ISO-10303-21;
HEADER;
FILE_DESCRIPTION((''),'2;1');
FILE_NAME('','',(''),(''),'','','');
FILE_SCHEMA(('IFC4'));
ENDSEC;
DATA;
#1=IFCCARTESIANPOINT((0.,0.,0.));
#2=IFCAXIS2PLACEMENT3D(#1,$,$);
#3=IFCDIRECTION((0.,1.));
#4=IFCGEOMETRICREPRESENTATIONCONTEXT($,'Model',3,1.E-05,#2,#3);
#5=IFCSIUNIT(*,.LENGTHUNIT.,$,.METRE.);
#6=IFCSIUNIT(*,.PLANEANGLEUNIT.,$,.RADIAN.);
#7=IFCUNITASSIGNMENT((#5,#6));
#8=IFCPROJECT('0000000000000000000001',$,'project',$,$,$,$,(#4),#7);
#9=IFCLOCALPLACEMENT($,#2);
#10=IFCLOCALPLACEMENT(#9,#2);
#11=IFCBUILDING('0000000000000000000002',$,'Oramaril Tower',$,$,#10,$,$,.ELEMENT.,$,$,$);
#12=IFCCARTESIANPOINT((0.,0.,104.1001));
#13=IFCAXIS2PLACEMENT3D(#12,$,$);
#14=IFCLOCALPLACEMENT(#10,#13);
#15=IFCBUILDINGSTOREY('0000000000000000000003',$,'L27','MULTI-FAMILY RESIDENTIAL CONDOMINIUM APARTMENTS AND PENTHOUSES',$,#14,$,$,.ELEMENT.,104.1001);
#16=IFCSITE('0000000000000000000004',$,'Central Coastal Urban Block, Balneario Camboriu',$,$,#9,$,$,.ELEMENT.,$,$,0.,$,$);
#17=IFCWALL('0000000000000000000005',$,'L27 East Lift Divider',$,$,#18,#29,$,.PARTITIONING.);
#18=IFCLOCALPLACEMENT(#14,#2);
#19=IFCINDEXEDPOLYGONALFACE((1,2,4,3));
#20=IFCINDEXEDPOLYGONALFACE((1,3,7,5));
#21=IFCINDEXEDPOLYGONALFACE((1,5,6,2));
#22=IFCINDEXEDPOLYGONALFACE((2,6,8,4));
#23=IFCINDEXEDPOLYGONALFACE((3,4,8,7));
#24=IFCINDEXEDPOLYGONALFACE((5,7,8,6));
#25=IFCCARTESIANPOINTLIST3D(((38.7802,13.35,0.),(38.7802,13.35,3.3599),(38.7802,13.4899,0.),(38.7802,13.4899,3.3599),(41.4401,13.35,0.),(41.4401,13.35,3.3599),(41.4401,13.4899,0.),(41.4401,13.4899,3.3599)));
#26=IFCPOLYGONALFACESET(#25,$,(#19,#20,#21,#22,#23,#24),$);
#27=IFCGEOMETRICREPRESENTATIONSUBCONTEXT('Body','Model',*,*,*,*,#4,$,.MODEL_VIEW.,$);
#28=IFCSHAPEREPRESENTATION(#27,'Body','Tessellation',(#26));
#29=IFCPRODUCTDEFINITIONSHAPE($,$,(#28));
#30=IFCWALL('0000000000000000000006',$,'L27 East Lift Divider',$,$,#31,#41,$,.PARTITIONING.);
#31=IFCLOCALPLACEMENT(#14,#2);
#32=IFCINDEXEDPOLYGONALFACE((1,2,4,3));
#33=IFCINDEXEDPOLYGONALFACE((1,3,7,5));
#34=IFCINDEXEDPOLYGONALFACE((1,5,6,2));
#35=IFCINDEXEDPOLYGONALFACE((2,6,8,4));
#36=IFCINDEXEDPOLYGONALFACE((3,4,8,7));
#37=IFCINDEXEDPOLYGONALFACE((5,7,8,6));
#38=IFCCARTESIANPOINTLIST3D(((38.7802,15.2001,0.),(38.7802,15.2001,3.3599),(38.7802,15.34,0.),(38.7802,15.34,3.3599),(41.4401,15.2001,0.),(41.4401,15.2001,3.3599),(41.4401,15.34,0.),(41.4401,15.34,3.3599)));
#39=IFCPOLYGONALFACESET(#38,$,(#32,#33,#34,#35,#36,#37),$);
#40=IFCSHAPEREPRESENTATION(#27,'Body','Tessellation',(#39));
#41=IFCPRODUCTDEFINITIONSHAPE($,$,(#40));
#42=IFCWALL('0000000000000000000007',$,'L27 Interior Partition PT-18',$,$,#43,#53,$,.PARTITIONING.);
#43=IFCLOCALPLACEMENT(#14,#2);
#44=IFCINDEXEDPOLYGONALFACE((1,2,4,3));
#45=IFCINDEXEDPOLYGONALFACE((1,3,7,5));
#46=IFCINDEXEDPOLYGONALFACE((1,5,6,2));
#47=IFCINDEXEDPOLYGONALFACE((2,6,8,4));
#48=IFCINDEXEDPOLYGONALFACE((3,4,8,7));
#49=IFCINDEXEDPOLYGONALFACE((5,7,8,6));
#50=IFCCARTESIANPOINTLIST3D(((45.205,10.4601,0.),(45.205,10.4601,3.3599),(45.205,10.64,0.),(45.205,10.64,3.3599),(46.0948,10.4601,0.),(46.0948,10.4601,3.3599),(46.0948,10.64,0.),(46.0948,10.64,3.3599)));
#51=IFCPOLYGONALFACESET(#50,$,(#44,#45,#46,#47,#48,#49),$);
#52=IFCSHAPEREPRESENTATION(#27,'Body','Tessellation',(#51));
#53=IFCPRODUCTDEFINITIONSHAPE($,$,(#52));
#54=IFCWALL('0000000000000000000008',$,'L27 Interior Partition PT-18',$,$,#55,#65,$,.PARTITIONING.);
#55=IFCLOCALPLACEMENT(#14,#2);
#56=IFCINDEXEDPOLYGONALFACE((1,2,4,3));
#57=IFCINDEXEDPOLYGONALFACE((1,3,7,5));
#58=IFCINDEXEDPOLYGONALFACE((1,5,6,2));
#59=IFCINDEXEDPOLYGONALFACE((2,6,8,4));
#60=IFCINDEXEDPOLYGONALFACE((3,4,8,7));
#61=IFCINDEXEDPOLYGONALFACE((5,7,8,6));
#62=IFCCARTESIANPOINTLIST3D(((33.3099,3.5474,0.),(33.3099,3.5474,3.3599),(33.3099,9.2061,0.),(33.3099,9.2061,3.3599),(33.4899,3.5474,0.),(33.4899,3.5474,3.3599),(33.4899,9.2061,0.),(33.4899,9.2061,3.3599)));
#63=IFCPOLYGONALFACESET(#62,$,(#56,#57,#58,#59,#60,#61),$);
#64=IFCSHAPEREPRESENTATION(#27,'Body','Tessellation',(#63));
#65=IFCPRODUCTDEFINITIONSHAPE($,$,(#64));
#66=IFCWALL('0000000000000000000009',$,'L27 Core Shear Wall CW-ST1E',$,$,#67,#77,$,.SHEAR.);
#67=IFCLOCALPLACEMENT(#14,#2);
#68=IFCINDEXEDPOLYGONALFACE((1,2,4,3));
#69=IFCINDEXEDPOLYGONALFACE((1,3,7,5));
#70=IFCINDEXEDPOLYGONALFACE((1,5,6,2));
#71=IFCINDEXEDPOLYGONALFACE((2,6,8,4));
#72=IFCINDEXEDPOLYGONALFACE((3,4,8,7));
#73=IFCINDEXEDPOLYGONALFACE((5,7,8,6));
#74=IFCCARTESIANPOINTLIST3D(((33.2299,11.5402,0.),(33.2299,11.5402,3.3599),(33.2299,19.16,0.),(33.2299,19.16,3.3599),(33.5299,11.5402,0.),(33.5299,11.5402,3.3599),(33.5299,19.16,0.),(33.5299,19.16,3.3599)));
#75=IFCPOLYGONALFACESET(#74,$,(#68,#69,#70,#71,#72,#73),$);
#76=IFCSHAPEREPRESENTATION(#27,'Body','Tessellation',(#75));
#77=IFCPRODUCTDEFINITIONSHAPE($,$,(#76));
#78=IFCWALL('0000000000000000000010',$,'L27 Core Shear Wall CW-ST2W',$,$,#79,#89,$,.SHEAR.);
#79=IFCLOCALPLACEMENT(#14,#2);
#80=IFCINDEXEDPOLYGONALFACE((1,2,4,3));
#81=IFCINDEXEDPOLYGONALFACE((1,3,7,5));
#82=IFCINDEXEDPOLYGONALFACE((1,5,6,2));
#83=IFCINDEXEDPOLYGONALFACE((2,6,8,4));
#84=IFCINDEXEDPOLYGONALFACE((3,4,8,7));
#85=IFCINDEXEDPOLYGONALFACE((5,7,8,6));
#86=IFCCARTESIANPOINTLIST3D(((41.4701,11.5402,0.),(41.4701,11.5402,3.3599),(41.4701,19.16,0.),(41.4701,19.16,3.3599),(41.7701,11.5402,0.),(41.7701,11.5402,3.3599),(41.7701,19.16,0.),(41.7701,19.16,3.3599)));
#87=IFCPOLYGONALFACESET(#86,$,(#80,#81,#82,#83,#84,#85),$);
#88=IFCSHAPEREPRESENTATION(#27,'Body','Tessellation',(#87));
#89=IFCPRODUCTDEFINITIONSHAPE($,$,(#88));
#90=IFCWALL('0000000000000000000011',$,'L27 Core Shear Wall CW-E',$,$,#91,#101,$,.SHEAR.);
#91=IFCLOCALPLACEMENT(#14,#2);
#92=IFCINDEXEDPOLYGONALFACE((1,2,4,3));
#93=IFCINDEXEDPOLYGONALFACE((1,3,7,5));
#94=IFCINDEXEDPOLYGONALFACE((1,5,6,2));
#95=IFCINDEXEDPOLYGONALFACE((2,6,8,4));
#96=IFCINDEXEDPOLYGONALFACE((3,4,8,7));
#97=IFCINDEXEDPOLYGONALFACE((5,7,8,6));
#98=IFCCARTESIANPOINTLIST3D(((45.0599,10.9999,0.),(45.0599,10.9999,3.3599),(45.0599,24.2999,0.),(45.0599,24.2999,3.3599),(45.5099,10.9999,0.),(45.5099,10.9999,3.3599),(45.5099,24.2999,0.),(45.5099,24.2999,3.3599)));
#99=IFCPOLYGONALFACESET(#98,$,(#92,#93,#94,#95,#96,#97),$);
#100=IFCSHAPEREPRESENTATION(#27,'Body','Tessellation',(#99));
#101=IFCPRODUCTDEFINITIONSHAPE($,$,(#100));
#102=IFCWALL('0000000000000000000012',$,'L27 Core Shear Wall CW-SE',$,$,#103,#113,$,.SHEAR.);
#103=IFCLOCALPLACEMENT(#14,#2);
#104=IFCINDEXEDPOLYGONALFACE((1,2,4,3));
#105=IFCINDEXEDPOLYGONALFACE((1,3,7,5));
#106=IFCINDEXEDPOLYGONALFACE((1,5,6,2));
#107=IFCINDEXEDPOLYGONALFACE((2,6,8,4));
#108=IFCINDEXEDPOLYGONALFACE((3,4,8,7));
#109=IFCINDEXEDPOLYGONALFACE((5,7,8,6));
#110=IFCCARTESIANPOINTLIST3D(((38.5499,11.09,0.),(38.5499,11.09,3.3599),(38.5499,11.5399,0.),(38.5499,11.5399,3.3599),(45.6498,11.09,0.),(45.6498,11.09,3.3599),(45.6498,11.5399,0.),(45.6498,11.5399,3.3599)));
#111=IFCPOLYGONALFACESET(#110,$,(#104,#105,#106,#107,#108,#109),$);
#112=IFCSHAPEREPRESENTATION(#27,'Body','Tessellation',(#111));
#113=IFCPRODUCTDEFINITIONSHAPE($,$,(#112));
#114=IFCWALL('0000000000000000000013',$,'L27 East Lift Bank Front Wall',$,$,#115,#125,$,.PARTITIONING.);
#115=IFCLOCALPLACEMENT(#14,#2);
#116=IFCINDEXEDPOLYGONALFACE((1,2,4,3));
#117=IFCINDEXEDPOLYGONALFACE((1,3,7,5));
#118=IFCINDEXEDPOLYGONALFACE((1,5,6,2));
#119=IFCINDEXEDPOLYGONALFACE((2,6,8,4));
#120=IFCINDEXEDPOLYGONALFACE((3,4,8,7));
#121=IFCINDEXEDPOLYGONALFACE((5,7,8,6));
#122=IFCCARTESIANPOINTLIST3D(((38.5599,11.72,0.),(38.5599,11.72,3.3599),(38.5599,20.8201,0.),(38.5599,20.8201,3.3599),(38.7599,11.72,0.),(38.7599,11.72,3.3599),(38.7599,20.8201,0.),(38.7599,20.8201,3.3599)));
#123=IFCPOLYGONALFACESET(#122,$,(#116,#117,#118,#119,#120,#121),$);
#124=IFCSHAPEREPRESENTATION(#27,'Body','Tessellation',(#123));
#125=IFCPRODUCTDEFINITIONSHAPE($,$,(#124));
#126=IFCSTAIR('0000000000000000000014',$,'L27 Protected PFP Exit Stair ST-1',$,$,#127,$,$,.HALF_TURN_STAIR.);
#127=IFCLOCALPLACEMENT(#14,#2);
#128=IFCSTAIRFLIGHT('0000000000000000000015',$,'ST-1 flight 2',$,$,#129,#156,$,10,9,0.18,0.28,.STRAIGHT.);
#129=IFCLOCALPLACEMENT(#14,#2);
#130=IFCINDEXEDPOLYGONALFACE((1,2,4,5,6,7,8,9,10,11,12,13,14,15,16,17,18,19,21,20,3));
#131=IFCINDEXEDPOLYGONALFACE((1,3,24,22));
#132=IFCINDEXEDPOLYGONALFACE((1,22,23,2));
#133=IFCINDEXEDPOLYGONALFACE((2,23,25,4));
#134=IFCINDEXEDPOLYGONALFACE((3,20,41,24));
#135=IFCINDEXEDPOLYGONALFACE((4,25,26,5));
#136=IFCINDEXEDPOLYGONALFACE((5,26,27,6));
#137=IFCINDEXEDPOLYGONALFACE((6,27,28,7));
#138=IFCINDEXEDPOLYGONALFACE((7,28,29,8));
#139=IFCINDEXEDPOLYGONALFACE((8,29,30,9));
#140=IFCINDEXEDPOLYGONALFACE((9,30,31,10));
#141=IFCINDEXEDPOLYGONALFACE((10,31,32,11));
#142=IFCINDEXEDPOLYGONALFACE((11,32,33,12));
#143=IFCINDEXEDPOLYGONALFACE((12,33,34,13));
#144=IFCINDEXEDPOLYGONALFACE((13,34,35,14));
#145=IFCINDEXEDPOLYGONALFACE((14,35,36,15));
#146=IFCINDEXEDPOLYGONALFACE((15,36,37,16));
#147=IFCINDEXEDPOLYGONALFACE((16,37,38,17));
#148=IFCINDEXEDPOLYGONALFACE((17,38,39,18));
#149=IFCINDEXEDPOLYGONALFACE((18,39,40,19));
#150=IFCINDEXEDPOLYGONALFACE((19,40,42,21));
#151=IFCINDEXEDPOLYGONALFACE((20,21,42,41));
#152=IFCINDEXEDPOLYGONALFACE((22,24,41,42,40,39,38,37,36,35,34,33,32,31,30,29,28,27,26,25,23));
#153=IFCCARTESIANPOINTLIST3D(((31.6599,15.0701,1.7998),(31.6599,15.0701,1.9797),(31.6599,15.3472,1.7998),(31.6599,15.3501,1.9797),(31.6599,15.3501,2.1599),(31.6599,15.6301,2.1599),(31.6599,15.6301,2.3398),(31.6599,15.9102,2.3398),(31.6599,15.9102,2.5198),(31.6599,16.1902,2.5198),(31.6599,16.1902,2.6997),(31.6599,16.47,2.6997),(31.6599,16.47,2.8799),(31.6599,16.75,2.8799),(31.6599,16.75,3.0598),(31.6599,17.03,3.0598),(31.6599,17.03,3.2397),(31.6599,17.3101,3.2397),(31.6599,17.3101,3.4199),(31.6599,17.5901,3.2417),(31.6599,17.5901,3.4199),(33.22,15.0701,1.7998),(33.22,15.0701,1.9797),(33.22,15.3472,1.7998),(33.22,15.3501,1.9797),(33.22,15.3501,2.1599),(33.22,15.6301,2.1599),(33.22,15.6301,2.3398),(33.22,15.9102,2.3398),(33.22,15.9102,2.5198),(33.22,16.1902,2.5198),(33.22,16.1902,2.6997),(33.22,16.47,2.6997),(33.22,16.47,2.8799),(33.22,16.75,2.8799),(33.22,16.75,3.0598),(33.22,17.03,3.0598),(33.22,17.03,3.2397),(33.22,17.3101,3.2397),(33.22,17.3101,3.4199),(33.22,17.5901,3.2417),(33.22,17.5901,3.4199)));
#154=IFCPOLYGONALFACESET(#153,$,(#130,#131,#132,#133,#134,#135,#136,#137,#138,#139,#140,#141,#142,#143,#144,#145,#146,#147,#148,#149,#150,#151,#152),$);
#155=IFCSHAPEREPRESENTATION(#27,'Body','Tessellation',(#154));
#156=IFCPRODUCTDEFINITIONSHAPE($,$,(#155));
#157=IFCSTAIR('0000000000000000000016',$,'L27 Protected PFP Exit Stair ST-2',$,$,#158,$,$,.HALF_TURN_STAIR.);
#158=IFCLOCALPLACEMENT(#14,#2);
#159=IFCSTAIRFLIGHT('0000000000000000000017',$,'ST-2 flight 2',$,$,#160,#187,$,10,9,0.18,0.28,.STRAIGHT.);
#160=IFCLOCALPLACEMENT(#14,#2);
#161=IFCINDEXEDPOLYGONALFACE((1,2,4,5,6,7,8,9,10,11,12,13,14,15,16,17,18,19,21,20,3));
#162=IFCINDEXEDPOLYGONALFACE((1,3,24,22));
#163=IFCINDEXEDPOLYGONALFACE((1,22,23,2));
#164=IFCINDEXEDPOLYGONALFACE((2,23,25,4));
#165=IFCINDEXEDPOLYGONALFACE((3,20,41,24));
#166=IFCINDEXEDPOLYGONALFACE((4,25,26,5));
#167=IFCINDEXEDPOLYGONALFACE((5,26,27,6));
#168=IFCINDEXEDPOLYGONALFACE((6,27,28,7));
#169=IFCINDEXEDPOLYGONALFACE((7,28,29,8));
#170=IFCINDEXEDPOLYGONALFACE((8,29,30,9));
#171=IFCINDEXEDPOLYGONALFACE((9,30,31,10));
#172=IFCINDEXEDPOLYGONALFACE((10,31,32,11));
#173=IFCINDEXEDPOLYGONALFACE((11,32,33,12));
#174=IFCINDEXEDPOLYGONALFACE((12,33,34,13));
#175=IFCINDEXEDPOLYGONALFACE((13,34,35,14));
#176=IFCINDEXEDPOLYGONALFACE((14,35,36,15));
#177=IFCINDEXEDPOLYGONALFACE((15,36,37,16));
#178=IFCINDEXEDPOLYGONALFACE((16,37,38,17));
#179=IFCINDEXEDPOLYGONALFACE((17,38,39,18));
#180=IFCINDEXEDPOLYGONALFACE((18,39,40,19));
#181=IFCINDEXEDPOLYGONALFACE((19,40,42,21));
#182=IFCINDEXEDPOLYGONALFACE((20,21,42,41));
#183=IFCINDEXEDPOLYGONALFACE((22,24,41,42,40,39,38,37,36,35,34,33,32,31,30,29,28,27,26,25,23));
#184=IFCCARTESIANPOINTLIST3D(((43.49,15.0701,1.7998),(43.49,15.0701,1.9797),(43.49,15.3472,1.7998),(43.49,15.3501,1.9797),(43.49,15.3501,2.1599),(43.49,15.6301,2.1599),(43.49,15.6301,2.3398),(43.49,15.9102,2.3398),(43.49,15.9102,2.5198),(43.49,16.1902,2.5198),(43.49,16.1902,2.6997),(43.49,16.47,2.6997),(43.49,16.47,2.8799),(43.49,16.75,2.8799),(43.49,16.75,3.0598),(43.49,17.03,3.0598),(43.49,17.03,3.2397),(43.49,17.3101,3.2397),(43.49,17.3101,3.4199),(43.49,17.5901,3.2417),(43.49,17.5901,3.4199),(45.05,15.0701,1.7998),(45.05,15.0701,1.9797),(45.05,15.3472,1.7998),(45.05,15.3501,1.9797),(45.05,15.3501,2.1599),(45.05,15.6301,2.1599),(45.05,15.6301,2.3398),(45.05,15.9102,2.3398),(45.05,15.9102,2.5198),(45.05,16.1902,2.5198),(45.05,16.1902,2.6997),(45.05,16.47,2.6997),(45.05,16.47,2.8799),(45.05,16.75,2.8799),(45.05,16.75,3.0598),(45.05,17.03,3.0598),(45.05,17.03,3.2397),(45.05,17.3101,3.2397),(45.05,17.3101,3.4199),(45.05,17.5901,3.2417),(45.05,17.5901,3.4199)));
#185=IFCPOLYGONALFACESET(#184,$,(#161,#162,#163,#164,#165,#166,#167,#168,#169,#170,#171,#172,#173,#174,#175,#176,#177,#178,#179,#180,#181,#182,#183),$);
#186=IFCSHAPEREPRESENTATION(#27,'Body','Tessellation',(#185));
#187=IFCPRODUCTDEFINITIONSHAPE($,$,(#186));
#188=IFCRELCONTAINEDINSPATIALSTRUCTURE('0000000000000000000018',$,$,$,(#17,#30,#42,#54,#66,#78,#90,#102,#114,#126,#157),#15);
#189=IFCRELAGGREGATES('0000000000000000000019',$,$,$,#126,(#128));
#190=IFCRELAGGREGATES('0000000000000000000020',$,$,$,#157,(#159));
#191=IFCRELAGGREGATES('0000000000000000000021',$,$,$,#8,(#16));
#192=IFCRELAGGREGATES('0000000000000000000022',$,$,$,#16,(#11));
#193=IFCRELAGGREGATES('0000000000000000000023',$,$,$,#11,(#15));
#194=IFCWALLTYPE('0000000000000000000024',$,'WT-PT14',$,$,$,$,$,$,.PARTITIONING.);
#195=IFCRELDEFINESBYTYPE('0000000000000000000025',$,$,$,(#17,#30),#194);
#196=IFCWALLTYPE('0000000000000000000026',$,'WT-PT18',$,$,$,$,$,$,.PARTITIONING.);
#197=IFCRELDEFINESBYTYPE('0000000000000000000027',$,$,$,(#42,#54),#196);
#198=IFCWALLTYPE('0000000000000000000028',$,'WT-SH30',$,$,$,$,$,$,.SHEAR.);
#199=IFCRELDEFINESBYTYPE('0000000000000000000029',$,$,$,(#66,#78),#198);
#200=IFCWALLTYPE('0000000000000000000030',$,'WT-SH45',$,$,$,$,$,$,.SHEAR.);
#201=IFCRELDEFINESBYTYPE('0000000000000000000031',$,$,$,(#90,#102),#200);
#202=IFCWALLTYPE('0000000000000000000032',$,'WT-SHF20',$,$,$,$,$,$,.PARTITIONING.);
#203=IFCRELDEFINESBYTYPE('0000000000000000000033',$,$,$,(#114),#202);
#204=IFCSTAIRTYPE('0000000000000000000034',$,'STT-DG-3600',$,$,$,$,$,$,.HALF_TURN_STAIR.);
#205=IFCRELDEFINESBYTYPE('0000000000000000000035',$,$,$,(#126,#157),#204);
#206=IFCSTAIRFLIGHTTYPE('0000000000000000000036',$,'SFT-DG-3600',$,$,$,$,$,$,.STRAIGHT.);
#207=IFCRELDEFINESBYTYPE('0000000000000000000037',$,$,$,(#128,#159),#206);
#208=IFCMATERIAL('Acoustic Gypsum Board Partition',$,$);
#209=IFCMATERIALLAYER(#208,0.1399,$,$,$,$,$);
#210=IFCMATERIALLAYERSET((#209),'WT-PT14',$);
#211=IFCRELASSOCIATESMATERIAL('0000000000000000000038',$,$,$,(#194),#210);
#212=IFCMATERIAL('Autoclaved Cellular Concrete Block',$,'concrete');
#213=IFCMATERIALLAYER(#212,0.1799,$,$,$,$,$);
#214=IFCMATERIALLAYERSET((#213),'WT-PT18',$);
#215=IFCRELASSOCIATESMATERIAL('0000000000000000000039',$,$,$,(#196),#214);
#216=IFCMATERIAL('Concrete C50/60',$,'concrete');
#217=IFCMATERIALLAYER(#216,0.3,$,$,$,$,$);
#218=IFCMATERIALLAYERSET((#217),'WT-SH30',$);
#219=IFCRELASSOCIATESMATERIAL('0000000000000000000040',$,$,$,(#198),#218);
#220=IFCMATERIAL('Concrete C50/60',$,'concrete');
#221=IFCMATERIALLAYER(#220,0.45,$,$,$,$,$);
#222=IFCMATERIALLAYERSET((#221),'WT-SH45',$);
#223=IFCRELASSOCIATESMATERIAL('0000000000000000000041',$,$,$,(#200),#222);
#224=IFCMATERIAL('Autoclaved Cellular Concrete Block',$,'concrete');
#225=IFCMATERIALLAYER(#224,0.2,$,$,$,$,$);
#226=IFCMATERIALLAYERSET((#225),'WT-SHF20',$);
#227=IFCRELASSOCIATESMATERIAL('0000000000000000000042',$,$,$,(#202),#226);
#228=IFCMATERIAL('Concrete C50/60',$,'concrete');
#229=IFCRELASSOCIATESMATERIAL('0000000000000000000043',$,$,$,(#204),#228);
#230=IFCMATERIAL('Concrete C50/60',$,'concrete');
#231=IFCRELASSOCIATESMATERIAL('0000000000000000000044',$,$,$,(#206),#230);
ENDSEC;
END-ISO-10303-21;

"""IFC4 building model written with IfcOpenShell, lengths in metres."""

from ifc_helpers import new_model, si_unit, direction, frame, frame_2d, origin, place, context, subcontext, project, spatial, polyline, rectangle, outline, extrude, material, layer, layer_set, type_object, element, aggregate, save


model = new_model("IFC4")

# Units and contexts
model_context = context("Model", 3, precision=1e-05, world=origin(), true_north=direction((0.0, 1.0)))
body_context = subcontext(model_context, "Body", "Model", "MODEL_VIEW")
ifc_project = project(units=[si_unit("LENGTHUNIT", "METRE"), si_unit("PLANEANGLEUNIT", "RADIAN")], contexts=[model_context])

# Site, building, storey
site_placement = place(None, origin())
site = spatial("IfcSite", under=ifc_project, at=site_placement, Name="Central Coastal Urban Block, Balneario Camboriu", CompositionType="ELEMENT", RefElevation=0.0)
building_placement = place(site_placement, origin())
building = spatial("IfcBuilding", under=site, at=building_placement, Name="Oramaril Tower", CompositionType="ELEMENT")
storey_placement = place(building_placement, frame((0.0, 0.0, 104.1001)))
storey = spatial("IfcBuildingStorey", under=building, at=storey_placement, Name="L27", Description="MULTI-FAMILY RESIDENTIAL CONDOMINIUM APARTMENTS AND PENTHOUSES", CompositionType="ELEMENT", Elevation=104.1001)

# Walls
ifc_material_1 = material(Name="Acoustic Gypsum Board Partition")
ifc_layer_1 = layer(ifc_material_1, 0.1399)
ifc_layer_set_1 = layer_set([ifc_layer_1], Name="WT-PT14")
wall_type_1 = type_object("IfcWallType", Name="WT-PT14", PredefinedType="PARTITIONING", material=ifc_layer_set_1)
for number, where, z_axis, x_axis, name in (
    (1, (38.78, 13.4199, 0.0), (0.0, 0.0, 1.0), (1.0, 0.0, 0.0), "L27 East Lift Divider"),
    (2, (38.78, 15.27, 0.0), (0.0, 0.0, 1.0), (1.0, 0.0, 0.0), "L27 East Lift Divider"),
):
    element("IfcWall", number, at=place(storey_placement, frame(where, z_axis=z_axis, x_axis=x_axis)), inside=storey, type_object=wall_type_1, Name=name, PredefinedType="PARTITIONING", context=body_context, shape_type="SweptSolid", body=[
        extrude(rectangle(XDim=2.6599, YDim=0.1399, at=frame_2d((1.3301, 0.0))), origin(), (0.0, 0.0, 1.0), 3.3599),
    ])
ifc_material_2 = material(Name="Autoclaved Cellular Concrete Block", Category="concrete")
ifc_layer_2 = layer(ifc_material_2, 0.1799)
ifc_layer_set_2 = layer_set([ifc_layer_2], Name="WT-PT18")
wall_type_2 = type_object("IfcWallType", Name="WT-PT18", PredefinedType="PARTITIONING", material=ifc_layer_set_2)
wall_1_placement = place(storey_placement, frame((45.2051, 10.55, 0.0), z_axis=(0.0, 0.0, 1.0), x_axis=(1.0, 0.0, 0.0)))
element("IfcWall", 3, at=wall_1_placement, inside=storey, type_object=wall_type_2, Name="L27 Interior Partition PT-18", PredefinedType="PARTITIONING", context=body_context, shape_type="SweptSolid", body=[
    extrude(rectangle(XDim=0.8899, YDim=0.1799, at=frame_2d((0.4448, 0.0))), origin(), (0.0, 0.0, 1.0), 3.3599),
])
wall_2_placement = place(storey_placement, frame((33.3999, 3.5474, 0.0), z_axis=(0.0, 0.0, 1.0), x_axis=(0.0, 1.0, 0.0)))
element("IfcWall", 4, at=wall_2_placement, inside=storey, type_object=wall_type_2, Name="L27 Interior Partition PT-18", PredefinedType="PARTITIONING", context=body_context, shape_type="SweptSolid", body=[
    extrude(rectangle(XDim=5.6587, YDim=0.1799, at=frame_2d((2.8293, 0.0))), origin(), (0.0, 0.0, 1.0), 3.3599),
])
ifc_material_3 = material(Name="Concrete C50/60", Category="concrete")
ifc_layer_3 = layer(ifc_material_3, 0.3)
ifc_layer_set_3 = layer_set([ifc_layer_3], Name="WT-SH30")
wall_type_3 = type_object("IfcWallType", Name="WT-SH30", PredefinedType="SHEAR", material=ifc_layer_set_3)
for number, where, z_axis, x_axis, name in (
    (5, (33.3799, 11.54, 0.0), (0.0, 0.0, 1.0), (0.0, 1.0, 0.0), "L27 Core Shear Wall CW-ST1E"),
    (6, (41.6201, 11.54, 0.0), (0.0, 0.0, 1.0), (0.0, 1.0, 0.0), "L27 Core Shear Wall CW-ST2W"),
):
    element("IfcWall", number, at=place(storey_placement, frame(where, z_axis=z_axis, x_axis=x_axis)), inside=storey, type_object=wall_type_3, Name=name, PredefinedType="SHEAR", context=body_context, shape_type="SweptSolid", body=[
        extrude(rectangle(XDim=7.6199, YDim=0.3, at=frame_2d((3.8101, 0.0))), origin(), (0.0, 0.0, 1.0), 3.3599),
    ])
ifc_material_4 = material(Name="Concrete C50/60", Category="concrete")
ifc_layer_4 = layer(ifc_material_4, 0.45)
ifc_layer_set_4 = layer_set([ifc_layer_4], Name="WT-SH45")
wall_type_4 = type_object("IfcWallType", Name="WT-SH45", PredefinedType="SHEAR", material=ifc_layer_set_4)
wall_3_placement = place(storey_placement, frame((45.2849, 11.0, 0.0), z_axis=(0.0, 0.0, 1.0), x_axis=(0.0, 1.0, 0.0)))
element("IfcWall", 7, at=wall_3_placement, inside=storey, type_object=wall_type_4, Name="L27 Core Shear Wall CW-E", PredefinedType="SHEAR", context=body_context, shape_type="SweptSolid", body=[
    extrude(rectangle(XDim=13.3, YDim=0.45, at=frame_2d((6.6499, 0.0))), origin(), (0.0, 0.0, 1.0), 3.3599),
])
wall_4_placement = place(storey_placement, frame((38.55, 11.3149, 0.0), z_axis=(0.0, 0.0, 1.0), x_axis=(1.0, 0.0, 0.0)))
element("IfcWall", 8, at=wall_4_placement, inside=storey, type_object=wall_type_4, Name="L27 Core Shear Wall CW-SE", PredefinedType="SHEAR", context=body_context, shape_type="SweptSolid", body=[
    extrude(rectangle(XDim=7.0999, YDim=0.45, at=frame_2d((3.5498, 0.0))), origin(), (0.0, 0.0, 1.0), 3.3599),
])

# Shared definitions
ifc_material_5 = material(Name="Autoclaved Cellular Concrete Block", Category="concrete")
ifc_layer_5 = layer(ifc_material_5, 0.2)
ifc_layer_set_5 = layer_set([ifc_layer_5], Name="WT-SHF20")
wall_type_5 = type_object("IfcWallType", Name="WT-SHF20", PredefinedType="PARTITIONING", material=ifc_layer_set_5)

# Wall
wall_5_placement = place(storey_placement, frame((38.6599, 11.72, 0.0), z_axis=(0.0, 0.0, 1.0), x_axis=(0.0, 1.0, 0.0)))
element("IfcWall", 9, at=wall_5_placement, inside=storey, type_object=wall_type_5, Name="L27 East Lift Bank Front Wall", PredefinedType="PARTITIONING", context=body_context, shape_type="SweptSolid", body=[
    extrude(rectangle(XDim=9.1001, YDim=0.2, at=frame_2d((4.55, 0.0))), origin(), (0.0, 0.0, 1.0), 3.3599),
])

# Stairs, stair flights
ifc_material_6 = material(Name="Concrete C50/60", Category="concrete")
stair_type = type_object("IfcStairType", Name="STT-DG-3600", PredefinedType="HALF_TURN_STAIR", material=ifc_material_6)
stair_1_placement = place(storey_placement, origin())
stair_1 = element("IfcStair", 10, at=stair_1_placement, inside=storey, type_object=stair_type, Name="L27 Protected PFP Exit Stair ST-1", PredefinedType="HALF_TURN_STAIR")
ifc_material_7 = material(Name="Concrete C50/60", Category="concrete")
stair_flight_type = type_object("IfcStairFlightType", Name="SFT-DG-3600", PredefinedType="STRAIGHT", material=ifc_material_7)
stair_flight_1_placement = place(storey_placement, frame((32.4399, 15.0701, 1.7998), z_axis=(0.0, 0.0, 1.0), x_axis=(0.0, 1.0, 0.0)))
stair_flight_1 = element("IfcStairFlight", 11, at=stair_flight_1_placement, type_object=stair_flight_type, Name="ST-1 flight 2", NumberOfRisers=10, NumberOfTreads=9, PredefinedType="STRAIGHT", RiserHeight=0.18, TreadLength=0.28, context=body_context, shape_type="SweptSolid", body=[
    extrude(outline(polyline([(0.0, 0.0), (0.0, 0.1799), (0.28, 0.1799), (0.28, 0.3601), (0.5601, 0.3601), (0.5601, 0.54), (0.8401, 0.54), (0.8401, 0.72), (1.1201, 0.72), (1.1201, 0.8999), (1.3999, 0.8999), (1.3999, 1.0801), (1.6799, 1.0801), (1.6799, 1.26), (1.96, 1.26), (1.96, 1.4399), (2.24, 1.4399), (2.24, 1.6201), (2.52, 1.6201), (2.52, 1.8), (2.52, 1.4419), (0.2771, 0.0), (0.0, 0.0)])), frame((0.0, 0.78, 0.0), z_axis=(0.0, -1.0, 0.0), x_axis=(1.0, 0.0, 0.0)), (0.0, 0.0, 1.0), 1.5601),
])
aggregate(stair_1, [stair_flight_1])
stair_2_placement = place(storey_placement, origin())
stair_2 = element("IfcStair", 12, at=stair_2_placement, inside=storey, type_object=stair_type, Name="L27 Protected PFP Exit Stair ST-2", PredefinedType="HALF_TURN_STAIR")
stair_flight_2_placement = place(storey_placement, frame((44.27, 15.0701, 1.7998), z_axis=(0.0, 0.0, 1.0), x_axis=(0.0, 1.0, 0.0)))
stair_flight_2 = element("IfcStairFlight", 13, at=stair_flight_2_placement, type_object=stair_flight_type, Name="ST-2 flight 2", NumberOfRisers=10, NumberOfTreads=9, PredefinedType="STRAIGHT", RiserHeight=0.18, TreadLength=0.28, context=body_context, shape_type="SweptSolid", body=[
    extrude(outline(polyline([(0.0, 0.0), (0.0, 0.1799), (0.28, 0.1799), (0.28, 0.3601), (0.5601, 0.3601), (0.5601, 0.54), (0.8401, 0.54), (0.8401, 0.72), (1.1201, 0.72), (1.1201, 0.8999), (1.3999, 0.8999), (1.3999, 1.0801), (1.6799, 1.0801), (1.6799, 1.26), (1.96, 1.26), (1.96, 1.4399), (2.24, 1.4399), (2.24, 1.6201), (2.52, 1.6201), (2.52, 1.8), (2.52, 1.4419), (0.2771, 0.0), (0.0, 0.0)])), frame((0.0, 0.78, 0.0), z_axis=(0.0, -1.0, 0.0), x_axis=(1.0, 0.0, 0.0)), (0.0, 0.0, 1.0), 1.5601),
])
aggregate(stair_2, [stair_flight_2])

save(model, "model.ifc")
